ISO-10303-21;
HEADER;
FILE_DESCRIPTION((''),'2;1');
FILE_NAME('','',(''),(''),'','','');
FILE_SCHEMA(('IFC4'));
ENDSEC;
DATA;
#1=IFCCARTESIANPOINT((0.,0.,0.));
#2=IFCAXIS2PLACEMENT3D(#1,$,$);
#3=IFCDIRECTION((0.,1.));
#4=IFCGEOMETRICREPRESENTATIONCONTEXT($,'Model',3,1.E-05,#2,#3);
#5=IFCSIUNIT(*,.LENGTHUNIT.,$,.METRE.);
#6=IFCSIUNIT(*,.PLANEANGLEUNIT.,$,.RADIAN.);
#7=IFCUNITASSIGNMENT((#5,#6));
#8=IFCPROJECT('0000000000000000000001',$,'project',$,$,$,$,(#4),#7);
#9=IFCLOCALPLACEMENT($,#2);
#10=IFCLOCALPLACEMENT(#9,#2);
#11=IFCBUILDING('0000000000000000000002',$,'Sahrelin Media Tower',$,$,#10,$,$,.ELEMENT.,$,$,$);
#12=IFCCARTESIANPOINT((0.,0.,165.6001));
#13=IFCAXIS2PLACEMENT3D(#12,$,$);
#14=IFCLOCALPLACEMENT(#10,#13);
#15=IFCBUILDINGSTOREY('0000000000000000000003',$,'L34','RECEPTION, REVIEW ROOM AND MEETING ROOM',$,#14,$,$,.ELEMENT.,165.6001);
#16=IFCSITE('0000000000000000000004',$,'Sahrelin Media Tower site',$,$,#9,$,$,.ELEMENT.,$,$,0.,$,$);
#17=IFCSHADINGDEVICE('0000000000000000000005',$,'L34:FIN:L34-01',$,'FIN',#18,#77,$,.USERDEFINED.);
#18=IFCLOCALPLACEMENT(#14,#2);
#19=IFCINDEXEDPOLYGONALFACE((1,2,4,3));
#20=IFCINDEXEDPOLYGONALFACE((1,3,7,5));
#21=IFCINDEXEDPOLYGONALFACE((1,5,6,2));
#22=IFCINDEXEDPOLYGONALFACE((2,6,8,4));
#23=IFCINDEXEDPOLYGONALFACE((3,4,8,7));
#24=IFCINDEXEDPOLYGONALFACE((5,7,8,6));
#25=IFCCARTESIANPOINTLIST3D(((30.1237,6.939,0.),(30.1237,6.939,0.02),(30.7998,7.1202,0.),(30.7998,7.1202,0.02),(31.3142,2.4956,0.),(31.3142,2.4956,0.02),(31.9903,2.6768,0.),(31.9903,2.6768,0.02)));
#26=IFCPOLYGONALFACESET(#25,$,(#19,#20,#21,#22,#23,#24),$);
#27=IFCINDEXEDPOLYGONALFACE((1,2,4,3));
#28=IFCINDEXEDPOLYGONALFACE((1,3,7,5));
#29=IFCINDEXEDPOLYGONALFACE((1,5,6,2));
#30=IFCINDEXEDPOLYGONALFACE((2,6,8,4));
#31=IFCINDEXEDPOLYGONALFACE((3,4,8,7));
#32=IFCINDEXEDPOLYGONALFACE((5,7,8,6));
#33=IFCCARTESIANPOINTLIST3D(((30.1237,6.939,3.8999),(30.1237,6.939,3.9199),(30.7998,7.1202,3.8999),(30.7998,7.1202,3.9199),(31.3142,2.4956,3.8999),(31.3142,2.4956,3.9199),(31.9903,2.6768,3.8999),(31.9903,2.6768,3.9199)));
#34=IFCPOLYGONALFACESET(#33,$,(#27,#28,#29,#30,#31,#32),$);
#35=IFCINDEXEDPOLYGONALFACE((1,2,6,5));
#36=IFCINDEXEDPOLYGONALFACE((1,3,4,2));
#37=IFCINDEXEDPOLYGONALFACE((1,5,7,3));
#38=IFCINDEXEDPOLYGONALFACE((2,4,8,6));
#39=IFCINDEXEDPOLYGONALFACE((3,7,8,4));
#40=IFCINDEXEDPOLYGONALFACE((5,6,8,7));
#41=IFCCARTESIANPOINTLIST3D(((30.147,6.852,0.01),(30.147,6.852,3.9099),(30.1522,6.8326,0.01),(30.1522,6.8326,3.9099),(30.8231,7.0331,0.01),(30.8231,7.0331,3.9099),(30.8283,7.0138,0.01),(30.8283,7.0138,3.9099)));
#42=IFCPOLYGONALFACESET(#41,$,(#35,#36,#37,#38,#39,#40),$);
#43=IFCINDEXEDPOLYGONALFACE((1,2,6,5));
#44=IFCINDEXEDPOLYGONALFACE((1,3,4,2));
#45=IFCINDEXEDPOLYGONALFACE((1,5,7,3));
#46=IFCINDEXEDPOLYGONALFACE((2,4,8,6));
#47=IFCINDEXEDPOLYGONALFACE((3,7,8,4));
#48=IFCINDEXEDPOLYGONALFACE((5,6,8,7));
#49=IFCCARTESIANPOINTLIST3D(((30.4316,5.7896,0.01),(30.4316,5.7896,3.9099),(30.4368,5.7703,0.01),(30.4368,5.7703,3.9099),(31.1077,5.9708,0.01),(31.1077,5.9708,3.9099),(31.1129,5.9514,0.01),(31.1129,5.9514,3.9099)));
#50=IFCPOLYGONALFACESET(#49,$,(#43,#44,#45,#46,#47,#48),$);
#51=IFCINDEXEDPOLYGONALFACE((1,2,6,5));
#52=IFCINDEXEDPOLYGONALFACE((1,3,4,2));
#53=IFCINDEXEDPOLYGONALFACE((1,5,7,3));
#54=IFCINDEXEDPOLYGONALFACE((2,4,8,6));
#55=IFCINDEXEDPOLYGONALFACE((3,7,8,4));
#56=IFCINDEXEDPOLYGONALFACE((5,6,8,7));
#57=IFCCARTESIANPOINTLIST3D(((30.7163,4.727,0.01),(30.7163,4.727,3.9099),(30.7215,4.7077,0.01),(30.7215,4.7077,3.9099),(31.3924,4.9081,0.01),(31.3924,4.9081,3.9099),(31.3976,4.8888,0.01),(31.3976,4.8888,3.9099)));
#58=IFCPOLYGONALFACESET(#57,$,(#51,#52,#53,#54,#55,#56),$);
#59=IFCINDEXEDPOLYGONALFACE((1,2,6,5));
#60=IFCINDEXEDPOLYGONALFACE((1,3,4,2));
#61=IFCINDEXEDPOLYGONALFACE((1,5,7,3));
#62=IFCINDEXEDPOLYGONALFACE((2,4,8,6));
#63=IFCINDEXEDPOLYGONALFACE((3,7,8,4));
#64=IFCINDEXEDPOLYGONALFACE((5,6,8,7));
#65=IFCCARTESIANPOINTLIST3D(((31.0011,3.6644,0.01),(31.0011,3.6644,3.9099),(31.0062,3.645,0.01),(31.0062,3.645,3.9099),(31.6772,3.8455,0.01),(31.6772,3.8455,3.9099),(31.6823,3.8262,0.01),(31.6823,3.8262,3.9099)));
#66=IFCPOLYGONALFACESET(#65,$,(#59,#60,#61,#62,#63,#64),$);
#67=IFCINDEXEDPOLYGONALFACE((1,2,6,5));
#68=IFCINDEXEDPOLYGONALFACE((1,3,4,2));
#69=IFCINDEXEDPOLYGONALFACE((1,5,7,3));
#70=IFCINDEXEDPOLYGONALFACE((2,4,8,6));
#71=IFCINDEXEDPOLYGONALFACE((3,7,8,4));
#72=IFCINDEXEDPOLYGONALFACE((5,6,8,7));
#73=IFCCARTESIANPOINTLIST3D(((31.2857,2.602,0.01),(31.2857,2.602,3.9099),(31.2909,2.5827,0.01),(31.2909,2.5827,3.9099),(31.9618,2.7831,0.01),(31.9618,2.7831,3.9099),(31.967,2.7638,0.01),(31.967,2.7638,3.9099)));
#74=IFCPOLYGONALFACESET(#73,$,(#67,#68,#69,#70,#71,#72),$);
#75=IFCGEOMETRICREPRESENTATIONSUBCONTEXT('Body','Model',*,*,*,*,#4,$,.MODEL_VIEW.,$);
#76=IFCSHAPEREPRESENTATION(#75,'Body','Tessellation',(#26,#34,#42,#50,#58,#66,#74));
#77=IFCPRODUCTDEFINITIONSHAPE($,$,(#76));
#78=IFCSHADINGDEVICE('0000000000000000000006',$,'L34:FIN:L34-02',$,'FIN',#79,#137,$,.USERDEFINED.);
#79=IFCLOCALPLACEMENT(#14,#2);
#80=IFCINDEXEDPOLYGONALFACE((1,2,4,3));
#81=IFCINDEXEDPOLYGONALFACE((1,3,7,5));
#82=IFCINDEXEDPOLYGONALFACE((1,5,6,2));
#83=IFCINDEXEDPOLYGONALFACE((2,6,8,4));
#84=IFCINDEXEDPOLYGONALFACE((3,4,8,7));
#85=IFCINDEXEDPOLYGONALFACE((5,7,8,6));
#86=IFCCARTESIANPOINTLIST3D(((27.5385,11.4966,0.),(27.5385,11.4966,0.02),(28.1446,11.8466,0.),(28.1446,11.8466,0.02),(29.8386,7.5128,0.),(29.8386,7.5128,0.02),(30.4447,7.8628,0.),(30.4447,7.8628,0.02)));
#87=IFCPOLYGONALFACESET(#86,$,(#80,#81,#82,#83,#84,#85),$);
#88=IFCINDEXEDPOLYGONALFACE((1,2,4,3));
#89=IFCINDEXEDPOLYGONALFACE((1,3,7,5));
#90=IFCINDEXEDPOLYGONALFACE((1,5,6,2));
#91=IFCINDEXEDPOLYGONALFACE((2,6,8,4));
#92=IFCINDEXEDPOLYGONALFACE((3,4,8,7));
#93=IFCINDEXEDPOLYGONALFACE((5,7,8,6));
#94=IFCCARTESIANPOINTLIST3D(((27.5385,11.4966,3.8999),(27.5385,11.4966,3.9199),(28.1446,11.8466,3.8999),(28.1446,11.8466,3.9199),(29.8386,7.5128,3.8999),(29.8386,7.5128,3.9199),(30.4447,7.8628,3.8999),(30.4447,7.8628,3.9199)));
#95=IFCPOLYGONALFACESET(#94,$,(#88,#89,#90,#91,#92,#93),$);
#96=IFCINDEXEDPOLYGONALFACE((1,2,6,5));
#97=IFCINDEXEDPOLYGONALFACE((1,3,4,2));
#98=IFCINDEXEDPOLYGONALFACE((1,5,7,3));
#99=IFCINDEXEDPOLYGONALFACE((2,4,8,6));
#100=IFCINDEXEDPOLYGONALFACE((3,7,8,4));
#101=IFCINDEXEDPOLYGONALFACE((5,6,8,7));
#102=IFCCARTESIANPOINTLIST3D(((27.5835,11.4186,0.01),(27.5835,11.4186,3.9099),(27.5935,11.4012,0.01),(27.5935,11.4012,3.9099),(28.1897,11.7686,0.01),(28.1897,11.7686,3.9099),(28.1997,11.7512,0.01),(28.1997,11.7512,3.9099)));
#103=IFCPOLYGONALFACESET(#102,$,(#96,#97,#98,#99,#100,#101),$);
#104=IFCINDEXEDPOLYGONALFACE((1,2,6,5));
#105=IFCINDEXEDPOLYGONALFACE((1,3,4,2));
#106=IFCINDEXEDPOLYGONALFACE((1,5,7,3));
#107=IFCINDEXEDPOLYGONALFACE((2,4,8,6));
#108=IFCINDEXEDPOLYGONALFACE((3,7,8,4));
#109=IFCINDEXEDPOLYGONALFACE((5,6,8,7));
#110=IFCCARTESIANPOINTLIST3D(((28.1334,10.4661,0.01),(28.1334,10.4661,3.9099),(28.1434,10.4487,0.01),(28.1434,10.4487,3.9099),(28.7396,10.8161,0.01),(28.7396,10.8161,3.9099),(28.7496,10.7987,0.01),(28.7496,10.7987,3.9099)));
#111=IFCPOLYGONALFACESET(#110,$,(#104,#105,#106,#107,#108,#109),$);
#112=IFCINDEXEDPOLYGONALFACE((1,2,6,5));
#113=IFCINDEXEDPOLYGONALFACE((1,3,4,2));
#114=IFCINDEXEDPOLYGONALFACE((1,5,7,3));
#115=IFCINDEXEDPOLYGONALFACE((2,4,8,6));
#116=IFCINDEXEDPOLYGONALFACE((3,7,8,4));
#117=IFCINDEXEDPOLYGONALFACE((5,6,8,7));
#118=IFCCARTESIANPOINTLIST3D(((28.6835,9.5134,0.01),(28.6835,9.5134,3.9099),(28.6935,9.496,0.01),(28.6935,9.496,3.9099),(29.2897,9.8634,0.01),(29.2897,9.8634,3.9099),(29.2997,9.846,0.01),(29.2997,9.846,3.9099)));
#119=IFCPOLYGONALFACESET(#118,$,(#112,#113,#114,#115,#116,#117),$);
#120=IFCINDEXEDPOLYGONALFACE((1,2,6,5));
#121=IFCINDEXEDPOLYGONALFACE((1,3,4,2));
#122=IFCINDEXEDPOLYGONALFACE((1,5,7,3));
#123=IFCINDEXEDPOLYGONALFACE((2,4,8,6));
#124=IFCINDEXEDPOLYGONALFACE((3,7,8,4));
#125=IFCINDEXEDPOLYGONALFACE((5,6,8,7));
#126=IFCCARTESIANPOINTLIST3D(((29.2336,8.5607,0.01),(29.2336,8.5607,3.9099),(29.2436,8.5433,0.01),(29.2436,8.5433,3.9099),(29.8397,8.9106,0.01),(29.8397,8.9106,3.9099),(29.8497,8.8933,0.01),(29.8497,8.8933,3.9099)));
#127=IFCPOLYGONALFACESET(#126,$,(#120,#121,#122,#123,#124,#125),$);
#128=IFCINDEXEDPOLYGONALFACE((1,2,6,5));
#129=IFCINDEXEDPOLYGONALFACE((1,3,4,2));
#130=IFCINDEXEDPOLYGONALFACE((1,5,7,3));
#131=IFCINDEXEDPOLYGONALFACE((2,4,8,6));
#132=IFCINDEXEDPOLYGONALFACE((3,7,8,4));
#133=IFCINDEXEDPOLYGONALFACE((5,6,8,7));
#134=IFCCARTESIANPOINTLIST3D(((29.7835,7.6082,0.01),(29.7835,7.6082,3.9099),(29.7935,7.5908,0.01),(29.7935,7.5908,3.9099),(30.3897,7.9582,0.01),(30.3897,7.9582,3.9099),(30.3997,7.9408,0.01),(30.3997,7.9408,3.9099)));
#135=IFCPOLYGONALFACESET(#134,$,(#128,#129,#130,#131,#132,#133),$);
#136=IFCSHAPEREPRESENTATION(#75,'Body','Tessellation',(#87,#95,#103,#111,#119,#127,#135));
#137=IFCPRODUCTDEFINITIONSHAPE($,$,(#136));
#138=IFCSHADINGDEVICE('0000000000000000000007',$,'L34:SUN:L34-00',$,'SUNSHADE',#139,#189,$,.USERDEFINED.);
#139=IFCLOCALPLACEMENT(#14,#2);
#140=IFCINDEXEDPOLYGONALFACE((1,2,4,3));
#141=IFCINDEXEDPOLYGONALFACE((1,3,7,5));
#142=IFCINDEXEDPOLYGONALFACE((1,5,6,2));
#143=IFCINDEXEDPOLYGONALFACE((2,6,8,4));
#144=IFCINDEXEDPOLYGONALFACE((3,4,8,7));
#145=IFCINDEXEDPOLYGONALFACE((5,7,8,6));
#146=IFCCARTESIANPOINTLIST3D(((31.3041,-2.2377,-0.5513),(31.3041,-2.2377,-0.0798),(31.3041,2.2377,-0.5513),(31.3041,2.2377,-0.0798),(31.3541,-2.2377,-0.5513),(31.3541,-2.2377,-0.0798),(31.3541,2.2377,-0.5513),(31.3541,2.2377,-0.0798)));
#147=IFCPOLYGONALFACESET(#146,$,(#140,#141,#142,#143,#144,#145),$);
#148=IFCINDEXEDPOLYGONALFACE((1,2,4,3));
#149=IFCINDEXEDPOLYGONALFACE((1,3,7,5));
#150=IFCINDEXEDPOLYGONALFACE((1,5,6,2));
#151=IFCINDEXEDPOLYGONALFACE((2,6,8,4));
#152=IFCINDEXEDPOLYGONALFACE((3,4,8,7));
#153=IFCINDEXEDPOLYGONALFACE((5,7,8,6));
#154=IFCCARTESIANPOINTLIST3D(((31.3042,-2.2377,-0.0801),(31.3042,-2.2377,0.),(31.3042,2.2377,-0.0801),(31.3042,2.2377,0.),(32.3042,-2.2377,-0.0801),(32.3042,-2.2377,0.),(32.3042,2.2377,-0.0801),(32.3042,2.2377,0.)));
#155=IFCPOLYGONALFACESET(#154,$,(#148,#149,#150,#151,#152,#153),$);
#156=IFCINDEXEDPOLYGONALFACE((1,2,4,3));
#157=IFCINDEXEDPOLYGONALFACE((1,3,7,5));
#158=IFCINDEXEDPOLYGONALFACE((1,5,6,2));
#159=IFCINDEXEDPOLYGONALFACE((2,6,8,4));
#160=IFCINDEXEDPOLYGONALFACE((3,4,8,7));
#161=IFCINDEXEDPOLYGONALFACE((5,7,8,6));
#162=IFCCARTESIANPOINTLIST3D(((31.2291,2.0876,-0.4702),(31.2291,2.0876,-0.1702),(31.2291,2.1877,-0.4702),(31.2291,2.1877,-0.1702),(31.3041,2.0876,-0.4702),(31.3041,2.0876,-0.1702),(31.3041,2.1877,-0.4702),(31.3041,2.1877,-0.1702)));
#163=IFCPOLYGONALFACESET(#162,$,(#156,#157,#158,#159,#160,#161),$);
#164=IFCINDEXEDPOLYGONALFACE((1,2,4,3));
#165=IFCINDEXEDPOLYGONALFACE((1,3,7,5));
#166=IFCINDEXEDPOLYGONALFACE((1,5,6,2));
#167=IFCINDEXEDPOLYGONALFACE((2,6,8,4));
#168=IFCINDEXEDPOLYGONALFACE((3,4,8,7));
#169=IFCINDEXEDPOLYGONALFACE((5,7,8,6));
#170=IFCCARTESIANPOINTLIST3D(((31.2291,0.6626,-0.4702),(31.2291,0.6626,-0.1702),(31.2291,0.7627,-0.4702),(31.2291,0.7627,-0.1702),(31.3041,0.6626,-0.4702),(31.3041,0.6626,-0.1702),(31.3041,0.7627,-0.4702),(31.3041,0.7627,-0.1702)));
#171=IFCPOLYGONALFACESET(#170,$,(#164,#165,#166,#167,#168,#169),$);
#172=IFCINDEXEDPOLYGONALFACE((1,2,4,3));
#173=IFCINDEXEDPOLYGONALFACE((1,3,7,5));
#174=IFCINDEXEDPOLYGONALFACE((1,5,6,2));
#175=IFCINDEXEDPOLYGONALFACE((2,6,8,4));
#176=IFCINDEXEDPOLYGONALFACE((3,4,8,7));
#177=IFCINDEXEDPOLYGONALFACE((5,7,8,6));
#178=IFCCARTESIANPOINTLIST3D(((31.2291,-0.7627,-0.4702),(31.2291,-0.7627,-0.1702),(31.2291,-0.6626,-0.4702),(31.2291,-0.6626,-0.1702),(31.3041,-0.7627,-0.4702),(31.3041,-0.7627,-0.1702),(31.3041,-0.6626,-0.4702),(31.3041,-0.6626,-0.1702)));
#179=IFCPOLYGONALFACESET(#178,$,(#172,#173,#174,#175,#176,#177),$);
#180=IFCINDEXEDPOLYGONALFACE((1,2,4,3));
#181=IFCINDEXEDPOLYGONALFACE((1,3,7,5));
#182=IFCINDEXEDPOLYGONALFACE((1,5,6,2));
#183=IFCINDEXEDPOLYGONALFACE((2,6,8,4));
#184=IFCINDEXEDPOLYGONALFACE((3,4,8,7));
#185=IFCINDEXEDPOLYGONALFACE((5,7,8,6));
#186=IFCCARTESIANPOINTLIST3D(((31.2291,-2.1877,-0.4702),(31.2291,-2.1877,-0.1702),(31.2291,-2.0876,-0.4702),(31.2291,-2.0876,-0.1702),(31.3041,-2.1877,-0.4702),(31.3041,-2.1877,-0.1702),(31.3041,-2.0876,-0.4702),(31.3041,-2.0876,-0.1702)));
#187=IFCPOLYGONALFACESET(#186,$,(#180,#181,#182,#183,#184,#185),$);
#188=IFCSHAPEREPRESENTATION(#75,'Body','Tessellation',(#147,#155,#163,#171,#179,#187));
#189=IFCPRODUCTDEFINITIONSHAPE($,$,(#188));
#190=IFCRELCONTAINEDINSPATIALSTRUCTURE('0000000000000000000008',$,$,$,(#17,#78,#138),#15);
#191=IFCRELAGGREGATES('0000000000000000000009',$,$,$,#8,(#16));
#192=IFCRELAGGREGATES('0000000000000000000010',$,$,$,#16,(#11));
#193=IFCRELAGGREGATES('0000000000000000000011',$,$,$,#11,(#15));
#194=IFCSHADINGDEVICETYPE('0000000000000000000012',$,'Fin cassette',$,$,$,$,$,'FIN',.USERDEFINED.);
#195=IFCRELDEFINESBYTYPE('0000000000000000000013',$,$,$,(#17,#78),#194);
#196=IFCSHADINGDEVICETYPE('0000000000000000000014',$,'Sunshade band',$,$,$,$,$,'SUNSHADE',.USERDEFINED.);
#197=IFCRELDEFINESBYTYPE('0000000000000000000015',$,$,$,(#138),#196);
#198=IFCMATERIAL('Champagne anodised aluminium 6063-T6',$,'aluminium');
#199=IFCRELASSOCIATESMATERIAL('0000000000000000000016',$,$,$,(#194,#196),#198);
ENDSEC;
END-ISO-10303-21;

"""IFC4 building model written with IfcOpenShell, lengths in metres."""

from ifc_helpers import new_model, si_unit, direction, frame, origin, origin_2d, place, context, subcontext, project, spatial, rectangle, extrude, material, type_object, element, save


model = new_model("IFC4")

# Units and contexts
model_context = context("Model", 3, precision=1e-05, world=origin(), true_north=direction((0.0, 1.0)))
body_context = subcontext(model_context, "Body", "Model", "MODEL_VIEW")
ifc_project = project(units=[si_unit("LENGTHUNIT", "METRE"), si_unit("PLANEANGLEUNIT", "RADIAN")], contexts=[model_context])

# Site, building, storey
site_placement = place(None, origin())
site = spatial("IfcSite", under=ifc_project, at=site_placement, Name="Sahrelin Media Tower site", CompositionType="ELEMENT", RefElevation=0.0)
building_placement = place(site_placement, origin())
building = spatial("IfcBuilding", under=site, at=building_placement, Name="Sahrelin Media Tower", CompositionType="ELEMENT")
storey_placement = place(building_placement, frame((0.0, 0.0, 165.6001)))
storey = spatial("IfcBuildingStorey", under=building, at=storey_placement, Name="L34", Description="RECEPTION, REVIEW ROOM AND MEETING ROOM", CompositionType="ELEMENT", Elevation=165.6001)

# Shared definitions
ifc_material_1 = material(Name="Champagne anodised aluminium 6063-T6", Category="aluminium")

# Shading devices
shading_device_type_1 = type_object("IfcShadingDeviceType", Name="Fin cassette", ElementType="FIN", PredefinedType="USERDEFINED", material=ifc_material_1)
placement_1 = place(storey_placement, frame((31.2842, 0.0, 0.0), z_axis=(0.0, 0.0, 1.0), x_axis=(0.0, -1.0, 0.0)))
placement_2 = place(storey_placement, frame((30.6514, 4.6992, 0.0), z_axis=(0.0, 0.0, 1.0), x_axis=(0.258808, -0.965929, 0.0)))
element("IfcShadingDevice", 1, at=placement_2, inside=storey, type_object=shading_device_type_1, Name="L34:FIN:L34-01", ObjectType="FIN", PredefinedType="USERDEFINED", context=body_context, shape_type="SweptSolid", body=[
    extrude(rectangle(XDim=4.6001, YDim=0.7, at=origin_2d()), frame((0.0, 0.4199, 0.0)), (0.0, 0.0, 1.0), 0.02),
    extrude(rectangle(XDim=4.6001, YDim=0.7, at=origin_2d()), frame((0.0, 0.4199, 3.8999)), (0.0, 0.0, 1.0), 0.02),
    extrude(rectangle(XDim=0.02, YDim=0.7, at=origin_2d()), frame((-2.2, 0.4199, 0.01), z_axis=(0.0, 0.0, 1.0), x_axis=(1.0, 0.0, 0.0)), (0.0, 0.0, 1.0), 3.8999),
    extrude(rectangle(XDim=0.02, YDim=0.7, at=origin_2d()), frame((-1.1001, 0.4199, 0.01), z_axis=(0.0, 0.0, 1.0), x_axis=(1.0, 0.0, 0.0)), (0.0, 0.0, 1.0), 3.8999),
    extrude(rectangle(XDim=0.02, YDim=0.7, at=origin_2d()), frame((0.0, 0.4199, 0.01), z_axis=(0.0, 0.0, 1.0), x_axis=(1.0, 0.0, 0.0)), (0.0, 0.0, 1.0), 3.8999),
    extrude(rectangle(XDim=0.02, YDim=0.7, at=origin_2d()), frame((1.1001, 0.4199, 0.01), z_axis=(0.0, 0.0, 1.0), x_axis=(1.0, 0.0, 0.0)), (0.0, 0.0, 1.0), 3.8999),
    extrude(rectangle(XDim=0.02, YDim=0.7, at=origin_2d()), frame((2.2, 0.4199, 0.01), z_axis=(0.0, 0.0, 1.0), x_axis=(1.0, 0.0, 0.0)), (0.0, 0.0, 1.0), 3.8999),
])
placement_3 = place(storey_placement, frame((28.6279, 9.4697, 0.0), z_axis=(0.0, 0.0, 1.0), x_axis=(0.500011, -0.866019, 0.0)))
element("IfcShadingDevice", 2, at=placement_3, inside=storey, type_object=shading_device_type_1, Name="L34:FIN:L34-02", ObjectType="FIN", PredefinedType="USERDEFINED", context=body_context, shape_type="SweptSolid", body=[
    extrude(rectangle(XDim=4.6001, YDim=0.7, at=origin_2d()), frame((0.0, 0.4199, 0.0)), (0.0, 0.0, 1.0), 0.02),
    extrude(rectangle(XDim=4.6001, YDim=0.7, at=origin_2d()), frame((0.0, 0.4199, 3.8999)), (0.0, 0.0, 1.0), 0.02),
    extrude(rectangle(XDim=0.02, YDim=0.7, at=origin_2d()), frame((-2.2, 0.4199, 0.01), z_axis=(0.0, 0.0, 1.0), x_axis=(1.0, 0.0, 0.0)), (0.0, 0.0, 1.0), 3.8999),
    extrude(rectangle(XDim=0.02, YDim=0.7, at=origin_2d()), frame((-1.1001, 0.4199, 0.01), z_axis=(0.0, 0.0, 1.0), x_axis=(1.0, 0.0, 0.0)), (0.0, 0.0, 1.0), 3.8999),
    extrude(rectangle(XDim=0.02, YDim=0.7, at=origin_2d()), frame((0.0, 0.4199, 0.01), z_axis=(0.0, 0.0, 1.0), x_axis=(1.0, 0.0, 0.0)), (0.0, 0.0, 1.0), 3.8999),
    extrude(rectangle(XDim=0.02, YDim=0.7, at=origin_2d()), frame((1.1001, 0.4199, 0.01), z_axis=(0.0, 0.0, 1.0), x_axis=(1.0, 0.0, 0.0)), (0.0, 0.0, 1.0), 3.8999),
    extrude(rectangle(XDim=0.02, YDim=0.7, at=origin_2d()), frame((2.2, 0.4199, 0.01), z_axis=(0.0, 0.0, 1.0), x_axis=(1.0, 0.0, 0.0)), (0.0, 0.0, 1.0), 3.8999),
])
shading_device_type_2 = type_object("IfcShadingDeviceType", Name="Sunshade band", ElementType="SUNSHADE", PredefinedType="USERDEFINED", material=ifc_material_1)
element("IfcShadingDevice", 3, at=placement_1, inside=storey, type_object=shading_device_type_2, Name="L34:SUN:L34-00", ObjectType="SUNSHADE", PredefinedType="USERDEFINED", context=body_context, shape_type="SweptSolid", body=[
    extrude(rectangle(XDim=4.4753, YDim=0.05, at=origin_2d()), frame((0.0, 0.0449, -0.5513)), (0.0, 0.0, 1.0), 0.4714),
    extrude(rectangle(XDim=4.4753, YDim=1.0, at=origin_2d()), frame((0.0, 0.52, -0.0801)), (0.0, 0.0, 1.0), 0.0801),
    extrude(rectangle(XDim=0.1001, YDim=0.075, at=origin_2d()), frame((-2.1377, -0.0176, -0.4702)), (0.0, 0.0, 1.0), 0.3),
    extrude(rectangle(XDim=0.1001, YDim=0.075, at=origin_2d()), frame((-0.7126, -0.0176, -0.4702)), (0.0, 0.0, 1.0), 0.3),
    extrude(rectangle(XDim=0.1001, YDim=0.075, at=origin_2d()), frame((0.7126, -0.0176, -0.4702)), (0.0, 0.0, 1.0), 0.3),
    extrude(rectangle(XDim=0.1001, YDim=0.075, at=origin_2d()), frame((2.1377, -0.0176, -0.4702)), (0.0, 0.0, 1.0), 0.3),
])

save(model, "model.ifc")
